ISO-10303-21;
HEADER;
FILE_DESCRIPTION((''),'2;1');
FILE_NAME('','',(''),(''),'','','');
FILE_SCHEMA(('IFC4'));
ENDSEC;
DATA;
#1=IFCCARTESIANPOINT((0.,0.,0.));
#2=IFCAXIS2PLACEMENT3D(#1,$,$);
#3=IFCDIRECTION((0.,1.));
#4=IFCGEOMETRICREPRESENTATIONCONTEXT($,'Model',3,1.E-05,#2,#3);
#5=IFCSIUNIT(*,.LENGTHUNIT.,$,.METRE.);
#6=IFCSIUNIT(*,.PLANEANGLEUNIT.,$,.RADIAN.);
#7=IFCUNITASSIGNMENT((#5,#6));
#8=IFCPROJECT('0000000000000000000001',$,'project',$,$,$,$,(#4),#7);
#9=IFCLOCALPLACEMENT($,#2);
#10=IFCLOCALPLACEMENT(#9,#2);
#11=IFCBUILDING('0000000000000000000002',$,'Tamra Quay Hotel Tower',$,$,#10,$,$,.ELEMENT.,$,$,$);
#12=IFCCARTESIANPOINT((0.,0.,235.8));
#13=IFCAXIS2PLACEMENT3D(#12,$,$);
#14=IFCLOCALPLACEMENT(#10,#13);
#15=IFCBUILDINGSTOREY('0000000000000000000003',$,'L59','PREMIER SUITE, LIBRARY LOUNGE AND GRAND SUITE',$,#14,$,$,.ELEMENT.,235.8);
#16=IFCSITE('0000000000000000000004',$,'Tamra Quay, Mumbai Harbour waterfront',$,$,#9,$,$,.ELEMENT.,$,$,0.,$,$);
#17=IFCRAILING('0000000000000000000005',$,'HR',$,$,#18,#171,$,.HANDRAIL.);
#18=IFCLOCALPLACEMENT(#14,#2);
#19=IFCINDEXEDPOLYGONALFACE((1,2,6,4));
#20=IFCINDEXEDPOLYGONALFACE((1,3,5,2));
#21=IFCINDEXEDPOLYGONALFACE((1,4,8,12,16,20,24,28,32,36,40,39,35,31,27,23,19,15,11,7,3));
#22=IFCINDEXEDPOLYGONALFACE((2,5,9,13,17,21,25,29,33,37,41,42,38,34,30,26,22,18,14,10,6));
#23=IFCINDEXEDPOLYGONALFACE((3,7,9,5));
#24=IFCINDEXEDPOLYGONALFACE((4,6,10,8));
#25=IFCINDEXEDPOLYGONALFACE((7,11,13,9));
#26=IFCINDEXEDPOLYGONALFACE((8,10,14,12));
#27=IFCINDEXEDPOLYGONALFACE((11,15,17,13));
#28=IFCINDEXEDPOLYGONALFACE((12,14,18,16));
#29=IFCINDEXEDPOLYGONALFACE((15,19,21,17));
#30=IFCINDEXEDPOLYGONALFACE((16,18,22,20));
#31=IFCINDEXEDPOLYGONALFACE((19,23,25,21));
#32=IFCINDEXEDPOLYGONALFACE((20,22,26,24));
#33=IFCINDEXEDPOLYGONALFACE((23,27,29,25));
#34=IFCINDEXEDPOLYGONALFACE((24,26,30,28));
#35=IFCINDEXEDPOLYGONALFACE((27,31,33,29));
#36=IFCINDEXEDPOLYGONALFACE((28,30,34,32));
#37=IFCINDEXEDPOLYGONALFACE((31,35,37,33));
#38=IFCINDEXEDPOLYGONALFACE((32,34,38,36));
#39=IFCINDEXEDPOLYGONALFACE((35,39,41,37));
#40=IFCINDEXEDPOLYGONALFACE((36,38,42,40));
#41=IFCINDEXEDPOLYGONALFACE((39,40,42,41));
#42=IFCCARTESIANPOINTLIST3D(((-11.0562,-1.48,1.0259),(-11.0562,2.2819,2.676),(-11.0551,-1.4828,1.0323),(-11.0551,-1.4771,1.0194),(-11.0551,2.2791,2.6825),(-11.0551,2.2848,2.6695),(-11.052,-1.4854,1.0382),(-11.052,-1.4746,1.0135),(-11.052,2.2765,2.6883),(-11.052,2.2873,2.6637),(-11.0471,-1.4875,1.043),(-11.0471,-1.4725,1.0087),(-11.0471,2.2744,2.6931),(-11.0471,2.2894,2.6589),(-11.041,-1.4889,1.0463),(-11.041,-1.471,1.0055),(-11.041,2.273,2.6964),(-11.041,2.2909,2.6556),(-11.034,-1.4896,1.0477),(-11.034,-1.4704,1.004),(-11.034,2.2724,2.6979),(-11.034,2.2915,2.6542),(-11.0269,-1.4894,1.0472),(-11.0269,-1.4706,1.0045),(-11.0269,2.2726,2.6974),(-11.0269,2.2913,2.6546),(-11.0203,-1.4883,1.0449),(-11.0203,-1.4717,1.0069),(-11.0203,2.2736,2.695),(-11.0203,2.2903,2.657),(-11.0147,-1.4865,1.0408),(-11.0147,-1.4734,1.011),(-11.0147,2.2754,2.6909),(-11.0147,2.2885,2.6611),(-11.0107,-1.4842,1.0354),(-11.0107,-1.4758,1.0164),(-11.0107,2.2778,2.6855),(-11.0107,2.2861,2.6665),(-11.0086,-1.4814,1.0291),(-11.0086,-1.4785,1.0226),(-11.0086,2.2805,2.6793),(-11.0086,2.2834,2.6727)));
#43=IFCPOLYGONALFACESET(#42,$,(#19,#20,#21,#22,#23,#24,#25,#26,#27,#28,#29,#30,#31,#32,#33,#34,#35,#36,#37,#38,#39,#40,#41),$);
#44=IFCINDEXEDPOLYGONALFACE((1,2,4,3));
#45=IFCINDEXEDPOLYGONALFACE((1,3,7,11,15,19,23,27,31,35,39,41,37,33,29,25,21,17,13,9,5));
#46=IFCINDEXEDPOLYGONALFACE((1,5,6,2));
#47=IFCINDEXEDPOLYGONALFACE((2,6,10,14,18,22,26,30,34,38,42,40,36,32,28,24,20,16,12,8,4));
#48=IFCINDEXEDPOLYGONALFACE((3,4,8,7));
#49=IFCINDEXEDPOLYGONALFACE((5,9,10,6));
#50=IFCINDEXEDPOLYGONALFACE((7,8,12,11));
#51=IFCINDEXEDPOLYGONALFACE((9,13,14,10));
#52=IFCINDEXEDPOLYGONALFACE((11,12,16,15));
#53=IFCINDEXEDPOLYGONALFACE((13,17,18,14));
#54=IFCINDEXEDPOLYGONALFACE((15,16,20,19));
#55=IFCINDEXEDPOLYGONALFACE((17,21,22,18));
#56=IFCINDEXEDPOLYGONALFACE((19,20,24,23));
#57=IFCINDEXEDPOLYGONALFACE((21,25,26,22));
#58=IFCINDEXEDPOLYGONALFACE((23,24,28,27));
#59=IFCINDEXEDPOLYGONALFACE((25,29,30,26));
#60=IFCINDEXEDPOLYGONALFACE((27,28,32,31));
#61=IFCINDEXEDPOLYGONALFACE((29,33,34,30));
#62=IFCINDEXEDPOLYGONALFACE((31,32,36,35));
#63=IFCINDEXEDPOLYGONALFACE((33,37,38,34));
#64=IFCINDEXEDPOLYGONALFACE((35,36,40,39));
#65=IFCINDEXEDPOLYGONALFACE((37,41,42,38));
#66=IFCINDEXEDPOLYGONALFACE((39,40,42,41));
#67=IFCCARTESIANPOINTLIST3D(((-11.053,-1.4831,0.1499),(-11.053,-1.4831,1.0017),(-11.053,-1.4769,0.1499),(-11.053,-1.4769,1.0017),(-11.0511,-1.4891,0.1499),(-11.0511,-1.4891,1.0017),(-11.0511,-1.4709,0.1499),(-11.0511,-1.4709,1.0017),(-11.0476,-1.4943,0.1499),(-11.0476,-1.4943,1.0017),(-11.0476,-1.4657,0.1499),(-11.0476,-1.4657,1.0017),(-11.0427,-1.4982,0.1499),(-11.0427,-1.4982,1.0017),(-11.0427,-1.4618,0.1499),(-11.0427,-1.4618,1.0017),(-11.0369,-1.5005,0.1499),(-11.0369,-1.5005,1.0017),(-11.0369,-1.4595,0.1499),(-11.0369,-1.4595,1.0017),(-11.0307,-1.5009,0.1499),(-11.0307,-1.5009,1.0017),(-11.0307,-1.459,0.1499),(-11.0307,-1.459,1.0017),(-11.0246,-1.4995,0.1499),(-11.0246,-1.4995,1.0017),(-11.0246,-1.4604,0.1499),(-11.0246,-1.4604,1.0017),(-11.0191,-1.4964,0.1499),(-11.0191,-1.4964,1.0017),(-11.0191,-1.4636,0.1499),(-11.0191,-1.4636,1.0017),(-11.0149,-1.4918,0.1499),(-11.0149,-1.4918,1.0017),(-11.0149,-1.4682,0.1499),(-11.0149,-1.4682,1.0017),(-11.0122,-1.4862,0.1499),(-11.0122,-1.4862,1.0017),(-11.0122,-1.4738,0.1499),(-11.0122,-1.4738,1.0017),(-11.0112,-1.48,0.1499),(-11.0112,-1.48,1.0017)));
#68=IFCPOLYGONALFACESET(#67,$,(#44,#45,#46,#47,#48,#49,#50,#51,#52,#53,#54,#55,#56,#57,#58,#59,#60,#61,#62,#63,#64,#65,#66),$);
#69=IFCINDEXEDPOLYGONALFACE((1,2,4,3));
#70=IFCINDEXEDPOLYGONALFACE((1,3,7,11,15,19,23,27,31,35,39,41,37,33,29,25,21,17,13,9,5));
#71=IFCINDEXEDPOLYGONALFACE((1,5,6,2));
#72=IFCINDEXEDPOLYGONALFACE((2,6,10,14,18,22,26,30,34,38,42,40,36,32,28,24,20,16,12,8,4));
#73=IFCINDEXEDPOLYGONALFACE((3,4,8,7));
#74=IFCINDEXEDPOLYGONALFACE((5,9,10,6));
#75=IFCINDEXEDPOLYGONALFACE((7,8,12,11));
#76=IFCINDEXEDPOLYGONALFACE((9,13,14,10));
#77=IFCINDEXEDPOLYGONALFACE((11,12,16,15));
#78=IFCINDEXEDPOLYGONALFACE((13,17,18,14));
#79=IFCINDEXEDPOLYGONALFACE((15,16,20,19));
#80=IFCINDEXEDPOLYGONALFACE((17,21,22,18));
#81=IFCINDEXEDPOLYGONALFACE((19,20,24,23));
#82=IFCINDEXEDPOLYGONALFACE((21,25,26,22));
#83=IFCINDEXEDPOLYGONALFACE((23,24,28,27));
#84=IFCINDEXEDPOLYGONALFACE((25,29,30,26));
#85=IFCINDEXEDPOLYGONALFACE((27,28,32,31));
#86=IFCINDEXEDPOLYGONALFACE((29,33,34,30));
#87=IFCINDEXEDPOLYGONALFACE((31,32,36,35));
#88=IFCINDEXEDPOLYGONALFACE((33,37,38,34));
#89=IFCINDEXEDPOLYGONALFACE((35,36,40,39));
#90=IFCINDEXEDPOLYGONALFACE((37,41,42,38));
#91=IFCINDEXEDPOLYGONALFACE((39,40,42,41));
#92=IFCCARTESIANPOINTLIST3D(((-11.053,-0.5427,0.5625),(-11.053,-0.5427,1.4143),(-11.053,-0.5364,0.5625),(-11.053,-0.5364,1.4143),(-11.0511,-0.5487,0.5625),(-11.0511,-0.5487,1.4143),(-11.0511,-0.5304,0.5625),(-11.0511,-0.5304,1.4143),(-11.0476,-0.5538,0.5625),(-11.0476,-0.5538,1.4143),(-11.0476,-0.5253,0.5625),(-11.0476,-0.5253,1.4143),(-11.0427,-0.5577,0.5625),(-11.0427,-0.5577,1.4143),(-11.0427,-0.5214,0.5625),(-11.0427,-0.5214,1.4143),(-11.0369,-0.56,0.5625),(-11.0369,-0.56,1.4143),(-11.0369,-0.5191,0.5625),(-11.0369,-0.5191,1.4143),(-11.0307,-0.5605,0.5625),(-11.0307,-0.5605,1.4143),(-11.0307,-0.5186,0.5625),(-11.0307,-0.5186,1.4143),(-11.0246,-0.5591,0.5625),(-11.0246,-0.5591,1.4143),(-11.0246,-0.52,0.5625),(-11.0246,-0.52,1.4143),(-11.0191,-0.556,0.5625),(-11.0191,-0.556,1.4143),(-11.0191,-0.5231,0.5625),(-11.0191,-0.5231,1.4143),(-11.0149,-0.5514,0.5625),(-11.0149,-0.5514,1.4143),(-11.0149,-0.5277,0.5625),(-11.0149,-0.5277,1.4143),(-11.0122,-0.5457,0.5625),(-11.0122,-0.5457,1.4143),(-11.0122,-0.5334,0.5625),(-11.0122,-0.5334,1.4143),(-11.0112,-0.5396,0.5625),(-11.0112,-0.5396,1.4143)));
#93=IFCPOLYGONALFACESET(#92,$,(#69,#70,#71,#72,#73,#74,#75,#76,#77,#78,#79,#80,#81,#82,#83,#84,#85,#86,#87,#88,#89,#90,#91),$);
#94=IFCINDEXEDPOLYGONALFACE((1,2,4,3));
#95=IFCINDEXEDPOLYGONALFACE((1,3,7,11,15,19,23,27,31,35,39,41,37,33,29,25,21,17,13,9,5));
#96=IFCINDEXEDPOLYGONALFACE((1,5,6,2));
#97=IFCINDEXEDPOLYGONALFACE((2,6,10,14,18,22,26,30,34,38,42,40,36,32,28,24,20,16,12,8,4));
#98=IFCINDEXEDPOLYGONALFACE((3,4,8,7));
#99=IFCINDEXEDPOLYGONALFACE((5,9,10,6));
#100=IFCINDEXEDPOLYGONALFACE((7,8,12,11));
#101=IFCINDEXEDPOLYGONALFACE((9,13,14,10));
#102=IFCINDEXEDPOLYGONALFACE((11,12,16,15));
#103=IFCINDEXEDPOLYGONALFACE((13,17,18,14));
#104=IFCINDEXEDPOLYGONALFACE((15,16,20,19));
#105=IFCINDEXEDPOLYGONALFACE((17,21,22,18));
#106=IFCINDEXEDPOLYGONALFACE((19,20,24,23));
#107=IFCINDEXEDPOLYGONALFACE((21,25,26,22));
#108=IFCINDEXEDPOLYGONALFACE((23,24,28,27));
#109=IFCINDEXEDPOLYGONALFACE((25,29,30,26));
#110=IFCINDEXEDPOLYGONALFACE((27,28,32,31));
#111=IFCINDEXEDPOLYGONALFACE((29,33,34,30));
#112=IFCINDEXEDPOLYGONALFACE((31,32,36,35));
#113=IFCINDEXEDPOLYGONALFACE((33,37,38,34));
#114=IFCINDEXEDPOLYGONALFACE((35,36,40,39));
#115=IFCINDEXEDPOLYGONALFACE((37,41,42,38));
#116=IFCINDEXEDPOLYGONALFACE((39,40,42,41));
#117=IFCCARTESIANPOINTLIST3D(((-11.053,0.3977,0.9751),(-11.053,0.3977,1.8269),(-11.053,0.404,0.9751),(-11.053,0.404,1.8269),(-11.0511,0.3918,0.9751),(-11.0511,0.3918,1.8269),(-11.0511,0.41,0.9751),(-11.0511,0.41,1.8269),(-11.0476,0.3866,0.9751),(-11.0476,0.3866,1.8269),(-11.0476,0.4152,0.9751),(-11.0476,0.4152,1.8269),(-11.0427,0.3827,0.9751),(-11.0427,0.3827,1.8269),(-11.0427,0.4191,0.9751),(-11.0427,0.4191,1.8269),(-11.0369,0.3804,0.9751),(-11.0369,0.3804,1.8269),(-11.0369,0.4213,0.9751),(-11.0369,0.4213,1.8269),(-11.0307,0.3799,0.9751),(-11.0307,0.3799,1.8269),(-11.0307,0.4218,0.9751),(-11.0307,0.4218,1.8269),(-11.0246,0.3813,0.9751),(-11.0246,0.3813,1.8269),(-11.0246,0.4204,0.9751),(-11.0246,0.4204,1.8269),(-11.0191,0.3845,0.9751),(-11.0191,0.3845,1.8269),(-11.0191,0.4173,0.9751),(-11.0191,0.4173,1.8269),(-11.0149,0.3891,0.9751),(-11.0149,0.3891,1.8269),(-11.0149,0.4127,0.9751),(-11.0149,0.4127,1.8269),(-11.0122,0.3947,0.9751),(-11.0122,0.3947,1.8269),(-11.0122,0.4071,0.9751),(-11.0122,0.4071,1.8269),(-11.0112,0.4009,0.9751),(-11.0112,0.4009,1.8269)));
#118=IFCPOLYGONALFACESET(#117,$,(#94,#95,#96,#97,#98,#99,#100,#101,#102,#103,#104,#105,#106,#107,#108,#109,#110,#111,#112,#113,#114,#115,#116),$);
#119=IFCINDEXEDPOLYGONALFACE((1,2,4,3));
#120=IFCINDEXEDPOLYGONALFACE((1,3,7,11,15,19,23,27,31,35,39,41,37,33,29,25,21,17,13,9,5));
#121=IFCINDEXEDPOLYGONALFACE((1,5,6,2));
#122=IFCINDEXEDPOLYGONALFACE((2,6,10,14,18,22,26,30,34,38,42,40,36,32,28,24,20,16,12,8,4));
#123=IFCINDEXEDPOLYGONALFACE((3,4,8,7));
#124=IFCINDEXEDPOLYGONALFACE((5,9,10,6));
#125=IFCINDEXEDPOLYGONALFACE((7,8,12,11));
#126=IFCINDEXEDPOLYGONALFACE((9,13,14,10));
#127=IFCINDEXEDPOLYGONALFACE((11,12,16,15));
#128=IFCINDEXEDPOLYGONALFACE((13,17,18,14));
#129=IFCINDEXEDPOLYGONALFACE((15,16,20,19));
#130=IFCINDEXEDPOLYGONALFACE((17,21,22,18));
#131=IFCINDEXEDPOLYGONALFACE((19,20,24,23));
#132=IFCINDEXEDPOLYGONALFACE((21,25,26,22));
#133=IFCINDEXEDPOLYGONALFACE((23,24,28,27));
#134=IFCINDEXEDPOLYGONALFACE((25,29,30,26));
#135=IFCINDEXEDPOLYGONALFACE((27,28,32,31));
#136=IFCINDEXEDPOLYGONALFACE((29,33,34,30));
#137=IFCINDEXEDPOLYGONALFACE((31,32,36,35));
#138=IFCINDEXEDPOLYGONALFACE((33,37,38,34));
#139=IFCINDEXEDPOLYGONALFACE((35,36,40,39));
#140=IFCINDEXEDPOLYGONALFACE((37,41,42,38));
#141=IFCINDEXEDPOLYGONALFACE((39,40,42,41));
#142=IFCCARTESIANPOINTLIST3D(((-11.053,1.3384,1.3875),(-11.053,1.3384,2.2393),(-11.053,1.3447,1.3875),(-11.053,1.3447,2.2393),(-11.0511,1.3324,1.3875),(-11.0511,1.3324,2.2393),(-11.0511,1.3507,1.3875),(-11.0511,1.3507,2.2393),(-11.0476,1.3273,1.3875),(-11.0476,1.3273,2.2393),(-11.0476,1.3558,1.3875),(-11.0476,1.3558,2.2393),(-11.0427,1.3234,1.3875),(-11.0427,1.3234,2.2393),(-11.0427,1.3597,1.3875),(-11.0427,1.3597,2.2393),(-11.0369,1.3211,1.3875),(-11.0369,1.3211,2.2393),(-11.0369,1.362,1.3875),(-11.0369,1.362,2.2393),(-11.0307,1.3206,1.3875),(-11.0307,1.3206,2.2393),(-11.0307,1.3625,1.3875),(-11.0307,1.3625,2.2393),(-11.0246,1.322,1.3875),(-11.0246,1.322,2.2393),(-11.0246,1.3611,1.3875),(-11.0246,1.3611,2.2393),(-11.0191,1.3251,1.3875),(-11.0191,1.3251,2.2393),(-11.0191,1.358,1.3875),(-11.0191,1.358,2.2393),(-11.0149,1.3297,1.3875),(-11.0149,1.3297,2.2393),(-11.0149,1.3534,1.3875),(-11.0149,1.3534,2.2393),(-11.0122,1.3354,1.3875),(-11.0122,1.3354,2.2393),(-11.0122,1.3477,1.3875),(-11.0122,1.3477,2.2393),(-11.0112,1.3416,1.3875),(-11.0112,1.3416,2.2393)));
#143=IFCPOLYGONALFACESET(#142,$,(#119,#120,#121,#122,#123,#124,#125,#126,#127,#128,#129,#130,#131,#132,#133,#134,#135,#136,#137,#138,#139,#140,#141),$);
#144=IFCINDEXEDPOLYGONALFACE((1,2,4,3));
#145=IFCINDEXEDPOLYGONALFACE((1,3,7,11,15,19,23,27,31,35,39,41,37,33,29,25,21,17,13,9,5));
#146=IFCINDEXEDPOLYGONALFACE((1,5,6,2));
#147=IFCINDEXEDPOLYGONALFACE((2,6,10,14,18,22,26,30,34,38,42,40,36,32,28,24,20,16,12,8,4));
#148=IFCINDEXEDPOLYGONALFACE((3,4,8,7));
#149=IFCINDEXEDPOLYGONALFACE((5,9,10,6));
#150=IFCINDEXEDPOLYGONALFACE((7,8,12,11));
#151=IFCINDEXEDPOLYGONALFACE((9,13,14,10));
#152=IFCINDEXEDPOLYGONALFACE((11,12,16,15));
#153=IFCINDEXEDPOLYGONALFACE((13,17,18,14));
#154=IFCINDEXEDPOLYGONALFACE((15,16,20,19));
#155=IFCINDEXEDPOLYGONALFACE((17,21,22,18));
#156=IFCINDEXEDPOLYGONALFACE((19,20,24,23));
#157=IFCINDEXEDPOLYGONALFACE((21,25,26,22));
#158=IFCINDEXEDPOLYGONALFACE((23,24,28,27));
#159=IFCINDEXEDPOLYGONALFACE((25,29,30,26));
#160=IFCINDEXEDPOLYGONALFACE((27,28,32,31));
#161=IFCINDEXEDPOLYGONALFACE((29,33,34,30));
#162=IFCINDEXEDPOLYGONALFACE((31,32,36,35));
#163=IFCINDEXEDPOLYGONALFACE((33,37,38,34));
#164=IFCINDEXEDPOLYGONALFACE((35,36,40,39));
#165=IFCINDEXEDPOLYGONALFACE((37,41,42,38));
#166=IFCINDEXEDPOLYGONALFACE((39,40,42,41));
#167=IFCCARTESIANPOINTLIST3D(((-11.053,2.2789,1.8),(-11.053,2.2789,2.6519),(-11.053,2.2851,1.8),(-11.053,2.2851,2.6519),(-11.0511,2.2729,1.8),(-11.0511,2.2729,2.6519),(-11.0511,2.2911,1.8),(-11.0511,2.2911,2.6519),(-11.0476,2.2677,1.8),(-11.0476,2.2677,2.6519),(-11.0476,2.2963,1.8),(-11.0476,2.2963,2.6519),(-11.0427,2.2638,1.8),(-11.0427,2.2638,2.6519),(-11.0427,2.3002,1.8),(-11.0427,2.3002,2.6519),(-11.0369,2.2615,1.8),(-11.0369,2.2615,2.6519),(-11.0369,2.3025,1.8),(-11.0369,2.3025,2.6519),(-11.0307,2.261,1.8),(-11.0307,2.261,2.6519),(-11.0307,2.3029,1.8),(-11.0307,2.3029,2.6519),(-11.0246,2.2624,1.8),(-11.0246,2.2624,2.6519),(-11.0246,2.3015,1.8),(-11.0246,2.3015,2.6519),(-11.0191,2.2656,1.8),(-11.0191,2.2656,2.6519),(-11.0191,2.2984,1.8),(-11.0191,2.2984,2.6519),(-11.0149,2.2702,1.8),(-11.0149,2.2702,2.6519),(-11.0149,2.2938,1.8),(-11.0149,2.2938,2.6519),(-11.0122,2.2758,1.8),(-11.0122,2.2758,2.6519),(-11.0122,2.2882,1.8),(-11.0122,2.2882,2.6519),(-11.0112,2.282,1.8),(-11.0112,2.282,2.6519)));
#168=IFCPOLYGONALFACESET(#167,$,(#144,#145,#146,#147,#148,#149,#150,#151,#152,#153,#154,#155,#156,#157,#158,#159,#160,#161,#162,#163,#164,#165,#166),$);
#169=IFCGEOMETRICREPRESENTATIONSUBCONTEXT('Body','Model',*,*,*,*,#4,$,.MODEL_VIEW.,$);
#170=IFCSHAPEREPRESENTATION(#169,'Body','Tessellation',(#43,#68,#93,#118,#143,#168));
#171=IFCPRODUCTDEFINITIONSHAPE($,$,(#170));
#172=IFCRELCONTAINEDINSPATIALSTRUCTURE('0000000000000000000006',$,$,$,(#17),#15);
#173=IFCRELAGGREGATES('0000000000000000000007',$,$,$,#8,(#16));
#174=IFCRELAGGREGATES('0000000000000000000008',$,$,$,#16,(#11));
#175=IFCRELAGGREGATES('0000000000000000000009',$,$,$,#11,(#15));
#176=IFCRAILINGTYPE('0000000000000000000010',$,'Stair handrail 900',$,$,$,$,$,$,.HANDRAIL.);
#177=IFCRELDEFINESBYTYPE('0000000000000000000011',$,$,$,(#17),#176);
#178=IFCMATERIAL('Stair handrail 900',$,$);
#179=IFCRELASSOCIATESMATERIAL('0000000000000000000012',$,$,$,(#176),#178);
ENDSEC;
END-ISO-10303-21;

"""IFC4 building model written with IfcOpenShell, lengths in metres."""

from ifc_helpers import new_model, si_unit, direction, frame, origin, origin_2d, place, context, subcontext, project, spatial, circle, extrude, material, type_object, element, save


model = new_model("IFC4")

# Units and contexts
model_context = context("Model", 3, precision=1e-05, world=origin(), true_north=direction((0.0, 1.0)))
body_context = subcontext(model_context, "Body", "Model", "MODEL_VIEW")
ifc_project = project(units=[si_unit("LENGTHUNIT", "METRE"), si_unit("PLANEANGLEUNIT", "RADIAN")], contexts=[model_context])

# Site, building, storey
site_placement = place(None, origin())
site = spatial("IfcSite", under=ifc_project, at=site_placement, Name="Tamra Quay, Mumbai Harbour waterfront", CompositionType="ELEMENT", RefElevation=0.0)
building_placement = place(site_placement, origin())
building = spatial("IfcBuilding", under=site, at=building_placement, Name="Tamra Quay Hotel Tower", CompositionType="ELEMENT")
storey_placement = place(building_placement, frame((0.0, 0.0, 235.8)))
storey = spatial("IfcBuildingStorey", under=building, at=storey_placement, Name="L59", Description="PREMIER SUITE, LIBRARY LOUNGE AND GRAND SUITE", CompositionType="ELEMENT", Elevation=235.8)

# Railing
ifc_material_1 = material(Name="Stair handrail 900")
railing_type = type_object("IfcRailingType", Name="Stair handrail 900", PredefinedType="HANDRAIL", material=ifc_material_1)
railing_placement = place(storey_placement, frame((-11.0322, -1.48, 0.1499)))
element("IfcRailing", 1, at=railing_placement, inside=storey, type_object=railing_type, Name="HR", PredefinedType="HANDRAIL", context=body_context, shape_type="SweptSolid", body=[
    extrude(circle(Radius=0.0239, at=origin_2d()), frame((0.0, 0.0, 0.876), z_axis=(0.0, 0.915774, 0.401695), x_axis=(-1.0, 0.0, 0.0)), (0.0, 0.0, 1.0), 4.1079),
    extrude(circle(Radius=0.021, at=origin_2d()), origin(), (0.0, 0.0, 1.0), 0.8518),
    extrude(circle(Radius=0.021, at=origin_2d()), frame((0.0, 0.9404, 0.4126)), (0.0, 0.0, 1.0), 0.8518),
    extrude(circle(Radius=0.021, at=origin_2d()), frame((0.0, 1.8809, 0.8252)), (0.0, 0.0, 1.0), 0.8518),
    extrude(circle(Radius=0.021, at=origin_2d()), frame((0.0, 2.8215, 1.2375)), (0.0, 0.0, 1.0), 0.8518),
    extrude(circle(Radius=0.021, at=origin_2d()), frame((0.0, 3.762, 1.6501)), (0.0, 0.0, 1.0), 0.8518),
])

save(model, "model.ifc")
